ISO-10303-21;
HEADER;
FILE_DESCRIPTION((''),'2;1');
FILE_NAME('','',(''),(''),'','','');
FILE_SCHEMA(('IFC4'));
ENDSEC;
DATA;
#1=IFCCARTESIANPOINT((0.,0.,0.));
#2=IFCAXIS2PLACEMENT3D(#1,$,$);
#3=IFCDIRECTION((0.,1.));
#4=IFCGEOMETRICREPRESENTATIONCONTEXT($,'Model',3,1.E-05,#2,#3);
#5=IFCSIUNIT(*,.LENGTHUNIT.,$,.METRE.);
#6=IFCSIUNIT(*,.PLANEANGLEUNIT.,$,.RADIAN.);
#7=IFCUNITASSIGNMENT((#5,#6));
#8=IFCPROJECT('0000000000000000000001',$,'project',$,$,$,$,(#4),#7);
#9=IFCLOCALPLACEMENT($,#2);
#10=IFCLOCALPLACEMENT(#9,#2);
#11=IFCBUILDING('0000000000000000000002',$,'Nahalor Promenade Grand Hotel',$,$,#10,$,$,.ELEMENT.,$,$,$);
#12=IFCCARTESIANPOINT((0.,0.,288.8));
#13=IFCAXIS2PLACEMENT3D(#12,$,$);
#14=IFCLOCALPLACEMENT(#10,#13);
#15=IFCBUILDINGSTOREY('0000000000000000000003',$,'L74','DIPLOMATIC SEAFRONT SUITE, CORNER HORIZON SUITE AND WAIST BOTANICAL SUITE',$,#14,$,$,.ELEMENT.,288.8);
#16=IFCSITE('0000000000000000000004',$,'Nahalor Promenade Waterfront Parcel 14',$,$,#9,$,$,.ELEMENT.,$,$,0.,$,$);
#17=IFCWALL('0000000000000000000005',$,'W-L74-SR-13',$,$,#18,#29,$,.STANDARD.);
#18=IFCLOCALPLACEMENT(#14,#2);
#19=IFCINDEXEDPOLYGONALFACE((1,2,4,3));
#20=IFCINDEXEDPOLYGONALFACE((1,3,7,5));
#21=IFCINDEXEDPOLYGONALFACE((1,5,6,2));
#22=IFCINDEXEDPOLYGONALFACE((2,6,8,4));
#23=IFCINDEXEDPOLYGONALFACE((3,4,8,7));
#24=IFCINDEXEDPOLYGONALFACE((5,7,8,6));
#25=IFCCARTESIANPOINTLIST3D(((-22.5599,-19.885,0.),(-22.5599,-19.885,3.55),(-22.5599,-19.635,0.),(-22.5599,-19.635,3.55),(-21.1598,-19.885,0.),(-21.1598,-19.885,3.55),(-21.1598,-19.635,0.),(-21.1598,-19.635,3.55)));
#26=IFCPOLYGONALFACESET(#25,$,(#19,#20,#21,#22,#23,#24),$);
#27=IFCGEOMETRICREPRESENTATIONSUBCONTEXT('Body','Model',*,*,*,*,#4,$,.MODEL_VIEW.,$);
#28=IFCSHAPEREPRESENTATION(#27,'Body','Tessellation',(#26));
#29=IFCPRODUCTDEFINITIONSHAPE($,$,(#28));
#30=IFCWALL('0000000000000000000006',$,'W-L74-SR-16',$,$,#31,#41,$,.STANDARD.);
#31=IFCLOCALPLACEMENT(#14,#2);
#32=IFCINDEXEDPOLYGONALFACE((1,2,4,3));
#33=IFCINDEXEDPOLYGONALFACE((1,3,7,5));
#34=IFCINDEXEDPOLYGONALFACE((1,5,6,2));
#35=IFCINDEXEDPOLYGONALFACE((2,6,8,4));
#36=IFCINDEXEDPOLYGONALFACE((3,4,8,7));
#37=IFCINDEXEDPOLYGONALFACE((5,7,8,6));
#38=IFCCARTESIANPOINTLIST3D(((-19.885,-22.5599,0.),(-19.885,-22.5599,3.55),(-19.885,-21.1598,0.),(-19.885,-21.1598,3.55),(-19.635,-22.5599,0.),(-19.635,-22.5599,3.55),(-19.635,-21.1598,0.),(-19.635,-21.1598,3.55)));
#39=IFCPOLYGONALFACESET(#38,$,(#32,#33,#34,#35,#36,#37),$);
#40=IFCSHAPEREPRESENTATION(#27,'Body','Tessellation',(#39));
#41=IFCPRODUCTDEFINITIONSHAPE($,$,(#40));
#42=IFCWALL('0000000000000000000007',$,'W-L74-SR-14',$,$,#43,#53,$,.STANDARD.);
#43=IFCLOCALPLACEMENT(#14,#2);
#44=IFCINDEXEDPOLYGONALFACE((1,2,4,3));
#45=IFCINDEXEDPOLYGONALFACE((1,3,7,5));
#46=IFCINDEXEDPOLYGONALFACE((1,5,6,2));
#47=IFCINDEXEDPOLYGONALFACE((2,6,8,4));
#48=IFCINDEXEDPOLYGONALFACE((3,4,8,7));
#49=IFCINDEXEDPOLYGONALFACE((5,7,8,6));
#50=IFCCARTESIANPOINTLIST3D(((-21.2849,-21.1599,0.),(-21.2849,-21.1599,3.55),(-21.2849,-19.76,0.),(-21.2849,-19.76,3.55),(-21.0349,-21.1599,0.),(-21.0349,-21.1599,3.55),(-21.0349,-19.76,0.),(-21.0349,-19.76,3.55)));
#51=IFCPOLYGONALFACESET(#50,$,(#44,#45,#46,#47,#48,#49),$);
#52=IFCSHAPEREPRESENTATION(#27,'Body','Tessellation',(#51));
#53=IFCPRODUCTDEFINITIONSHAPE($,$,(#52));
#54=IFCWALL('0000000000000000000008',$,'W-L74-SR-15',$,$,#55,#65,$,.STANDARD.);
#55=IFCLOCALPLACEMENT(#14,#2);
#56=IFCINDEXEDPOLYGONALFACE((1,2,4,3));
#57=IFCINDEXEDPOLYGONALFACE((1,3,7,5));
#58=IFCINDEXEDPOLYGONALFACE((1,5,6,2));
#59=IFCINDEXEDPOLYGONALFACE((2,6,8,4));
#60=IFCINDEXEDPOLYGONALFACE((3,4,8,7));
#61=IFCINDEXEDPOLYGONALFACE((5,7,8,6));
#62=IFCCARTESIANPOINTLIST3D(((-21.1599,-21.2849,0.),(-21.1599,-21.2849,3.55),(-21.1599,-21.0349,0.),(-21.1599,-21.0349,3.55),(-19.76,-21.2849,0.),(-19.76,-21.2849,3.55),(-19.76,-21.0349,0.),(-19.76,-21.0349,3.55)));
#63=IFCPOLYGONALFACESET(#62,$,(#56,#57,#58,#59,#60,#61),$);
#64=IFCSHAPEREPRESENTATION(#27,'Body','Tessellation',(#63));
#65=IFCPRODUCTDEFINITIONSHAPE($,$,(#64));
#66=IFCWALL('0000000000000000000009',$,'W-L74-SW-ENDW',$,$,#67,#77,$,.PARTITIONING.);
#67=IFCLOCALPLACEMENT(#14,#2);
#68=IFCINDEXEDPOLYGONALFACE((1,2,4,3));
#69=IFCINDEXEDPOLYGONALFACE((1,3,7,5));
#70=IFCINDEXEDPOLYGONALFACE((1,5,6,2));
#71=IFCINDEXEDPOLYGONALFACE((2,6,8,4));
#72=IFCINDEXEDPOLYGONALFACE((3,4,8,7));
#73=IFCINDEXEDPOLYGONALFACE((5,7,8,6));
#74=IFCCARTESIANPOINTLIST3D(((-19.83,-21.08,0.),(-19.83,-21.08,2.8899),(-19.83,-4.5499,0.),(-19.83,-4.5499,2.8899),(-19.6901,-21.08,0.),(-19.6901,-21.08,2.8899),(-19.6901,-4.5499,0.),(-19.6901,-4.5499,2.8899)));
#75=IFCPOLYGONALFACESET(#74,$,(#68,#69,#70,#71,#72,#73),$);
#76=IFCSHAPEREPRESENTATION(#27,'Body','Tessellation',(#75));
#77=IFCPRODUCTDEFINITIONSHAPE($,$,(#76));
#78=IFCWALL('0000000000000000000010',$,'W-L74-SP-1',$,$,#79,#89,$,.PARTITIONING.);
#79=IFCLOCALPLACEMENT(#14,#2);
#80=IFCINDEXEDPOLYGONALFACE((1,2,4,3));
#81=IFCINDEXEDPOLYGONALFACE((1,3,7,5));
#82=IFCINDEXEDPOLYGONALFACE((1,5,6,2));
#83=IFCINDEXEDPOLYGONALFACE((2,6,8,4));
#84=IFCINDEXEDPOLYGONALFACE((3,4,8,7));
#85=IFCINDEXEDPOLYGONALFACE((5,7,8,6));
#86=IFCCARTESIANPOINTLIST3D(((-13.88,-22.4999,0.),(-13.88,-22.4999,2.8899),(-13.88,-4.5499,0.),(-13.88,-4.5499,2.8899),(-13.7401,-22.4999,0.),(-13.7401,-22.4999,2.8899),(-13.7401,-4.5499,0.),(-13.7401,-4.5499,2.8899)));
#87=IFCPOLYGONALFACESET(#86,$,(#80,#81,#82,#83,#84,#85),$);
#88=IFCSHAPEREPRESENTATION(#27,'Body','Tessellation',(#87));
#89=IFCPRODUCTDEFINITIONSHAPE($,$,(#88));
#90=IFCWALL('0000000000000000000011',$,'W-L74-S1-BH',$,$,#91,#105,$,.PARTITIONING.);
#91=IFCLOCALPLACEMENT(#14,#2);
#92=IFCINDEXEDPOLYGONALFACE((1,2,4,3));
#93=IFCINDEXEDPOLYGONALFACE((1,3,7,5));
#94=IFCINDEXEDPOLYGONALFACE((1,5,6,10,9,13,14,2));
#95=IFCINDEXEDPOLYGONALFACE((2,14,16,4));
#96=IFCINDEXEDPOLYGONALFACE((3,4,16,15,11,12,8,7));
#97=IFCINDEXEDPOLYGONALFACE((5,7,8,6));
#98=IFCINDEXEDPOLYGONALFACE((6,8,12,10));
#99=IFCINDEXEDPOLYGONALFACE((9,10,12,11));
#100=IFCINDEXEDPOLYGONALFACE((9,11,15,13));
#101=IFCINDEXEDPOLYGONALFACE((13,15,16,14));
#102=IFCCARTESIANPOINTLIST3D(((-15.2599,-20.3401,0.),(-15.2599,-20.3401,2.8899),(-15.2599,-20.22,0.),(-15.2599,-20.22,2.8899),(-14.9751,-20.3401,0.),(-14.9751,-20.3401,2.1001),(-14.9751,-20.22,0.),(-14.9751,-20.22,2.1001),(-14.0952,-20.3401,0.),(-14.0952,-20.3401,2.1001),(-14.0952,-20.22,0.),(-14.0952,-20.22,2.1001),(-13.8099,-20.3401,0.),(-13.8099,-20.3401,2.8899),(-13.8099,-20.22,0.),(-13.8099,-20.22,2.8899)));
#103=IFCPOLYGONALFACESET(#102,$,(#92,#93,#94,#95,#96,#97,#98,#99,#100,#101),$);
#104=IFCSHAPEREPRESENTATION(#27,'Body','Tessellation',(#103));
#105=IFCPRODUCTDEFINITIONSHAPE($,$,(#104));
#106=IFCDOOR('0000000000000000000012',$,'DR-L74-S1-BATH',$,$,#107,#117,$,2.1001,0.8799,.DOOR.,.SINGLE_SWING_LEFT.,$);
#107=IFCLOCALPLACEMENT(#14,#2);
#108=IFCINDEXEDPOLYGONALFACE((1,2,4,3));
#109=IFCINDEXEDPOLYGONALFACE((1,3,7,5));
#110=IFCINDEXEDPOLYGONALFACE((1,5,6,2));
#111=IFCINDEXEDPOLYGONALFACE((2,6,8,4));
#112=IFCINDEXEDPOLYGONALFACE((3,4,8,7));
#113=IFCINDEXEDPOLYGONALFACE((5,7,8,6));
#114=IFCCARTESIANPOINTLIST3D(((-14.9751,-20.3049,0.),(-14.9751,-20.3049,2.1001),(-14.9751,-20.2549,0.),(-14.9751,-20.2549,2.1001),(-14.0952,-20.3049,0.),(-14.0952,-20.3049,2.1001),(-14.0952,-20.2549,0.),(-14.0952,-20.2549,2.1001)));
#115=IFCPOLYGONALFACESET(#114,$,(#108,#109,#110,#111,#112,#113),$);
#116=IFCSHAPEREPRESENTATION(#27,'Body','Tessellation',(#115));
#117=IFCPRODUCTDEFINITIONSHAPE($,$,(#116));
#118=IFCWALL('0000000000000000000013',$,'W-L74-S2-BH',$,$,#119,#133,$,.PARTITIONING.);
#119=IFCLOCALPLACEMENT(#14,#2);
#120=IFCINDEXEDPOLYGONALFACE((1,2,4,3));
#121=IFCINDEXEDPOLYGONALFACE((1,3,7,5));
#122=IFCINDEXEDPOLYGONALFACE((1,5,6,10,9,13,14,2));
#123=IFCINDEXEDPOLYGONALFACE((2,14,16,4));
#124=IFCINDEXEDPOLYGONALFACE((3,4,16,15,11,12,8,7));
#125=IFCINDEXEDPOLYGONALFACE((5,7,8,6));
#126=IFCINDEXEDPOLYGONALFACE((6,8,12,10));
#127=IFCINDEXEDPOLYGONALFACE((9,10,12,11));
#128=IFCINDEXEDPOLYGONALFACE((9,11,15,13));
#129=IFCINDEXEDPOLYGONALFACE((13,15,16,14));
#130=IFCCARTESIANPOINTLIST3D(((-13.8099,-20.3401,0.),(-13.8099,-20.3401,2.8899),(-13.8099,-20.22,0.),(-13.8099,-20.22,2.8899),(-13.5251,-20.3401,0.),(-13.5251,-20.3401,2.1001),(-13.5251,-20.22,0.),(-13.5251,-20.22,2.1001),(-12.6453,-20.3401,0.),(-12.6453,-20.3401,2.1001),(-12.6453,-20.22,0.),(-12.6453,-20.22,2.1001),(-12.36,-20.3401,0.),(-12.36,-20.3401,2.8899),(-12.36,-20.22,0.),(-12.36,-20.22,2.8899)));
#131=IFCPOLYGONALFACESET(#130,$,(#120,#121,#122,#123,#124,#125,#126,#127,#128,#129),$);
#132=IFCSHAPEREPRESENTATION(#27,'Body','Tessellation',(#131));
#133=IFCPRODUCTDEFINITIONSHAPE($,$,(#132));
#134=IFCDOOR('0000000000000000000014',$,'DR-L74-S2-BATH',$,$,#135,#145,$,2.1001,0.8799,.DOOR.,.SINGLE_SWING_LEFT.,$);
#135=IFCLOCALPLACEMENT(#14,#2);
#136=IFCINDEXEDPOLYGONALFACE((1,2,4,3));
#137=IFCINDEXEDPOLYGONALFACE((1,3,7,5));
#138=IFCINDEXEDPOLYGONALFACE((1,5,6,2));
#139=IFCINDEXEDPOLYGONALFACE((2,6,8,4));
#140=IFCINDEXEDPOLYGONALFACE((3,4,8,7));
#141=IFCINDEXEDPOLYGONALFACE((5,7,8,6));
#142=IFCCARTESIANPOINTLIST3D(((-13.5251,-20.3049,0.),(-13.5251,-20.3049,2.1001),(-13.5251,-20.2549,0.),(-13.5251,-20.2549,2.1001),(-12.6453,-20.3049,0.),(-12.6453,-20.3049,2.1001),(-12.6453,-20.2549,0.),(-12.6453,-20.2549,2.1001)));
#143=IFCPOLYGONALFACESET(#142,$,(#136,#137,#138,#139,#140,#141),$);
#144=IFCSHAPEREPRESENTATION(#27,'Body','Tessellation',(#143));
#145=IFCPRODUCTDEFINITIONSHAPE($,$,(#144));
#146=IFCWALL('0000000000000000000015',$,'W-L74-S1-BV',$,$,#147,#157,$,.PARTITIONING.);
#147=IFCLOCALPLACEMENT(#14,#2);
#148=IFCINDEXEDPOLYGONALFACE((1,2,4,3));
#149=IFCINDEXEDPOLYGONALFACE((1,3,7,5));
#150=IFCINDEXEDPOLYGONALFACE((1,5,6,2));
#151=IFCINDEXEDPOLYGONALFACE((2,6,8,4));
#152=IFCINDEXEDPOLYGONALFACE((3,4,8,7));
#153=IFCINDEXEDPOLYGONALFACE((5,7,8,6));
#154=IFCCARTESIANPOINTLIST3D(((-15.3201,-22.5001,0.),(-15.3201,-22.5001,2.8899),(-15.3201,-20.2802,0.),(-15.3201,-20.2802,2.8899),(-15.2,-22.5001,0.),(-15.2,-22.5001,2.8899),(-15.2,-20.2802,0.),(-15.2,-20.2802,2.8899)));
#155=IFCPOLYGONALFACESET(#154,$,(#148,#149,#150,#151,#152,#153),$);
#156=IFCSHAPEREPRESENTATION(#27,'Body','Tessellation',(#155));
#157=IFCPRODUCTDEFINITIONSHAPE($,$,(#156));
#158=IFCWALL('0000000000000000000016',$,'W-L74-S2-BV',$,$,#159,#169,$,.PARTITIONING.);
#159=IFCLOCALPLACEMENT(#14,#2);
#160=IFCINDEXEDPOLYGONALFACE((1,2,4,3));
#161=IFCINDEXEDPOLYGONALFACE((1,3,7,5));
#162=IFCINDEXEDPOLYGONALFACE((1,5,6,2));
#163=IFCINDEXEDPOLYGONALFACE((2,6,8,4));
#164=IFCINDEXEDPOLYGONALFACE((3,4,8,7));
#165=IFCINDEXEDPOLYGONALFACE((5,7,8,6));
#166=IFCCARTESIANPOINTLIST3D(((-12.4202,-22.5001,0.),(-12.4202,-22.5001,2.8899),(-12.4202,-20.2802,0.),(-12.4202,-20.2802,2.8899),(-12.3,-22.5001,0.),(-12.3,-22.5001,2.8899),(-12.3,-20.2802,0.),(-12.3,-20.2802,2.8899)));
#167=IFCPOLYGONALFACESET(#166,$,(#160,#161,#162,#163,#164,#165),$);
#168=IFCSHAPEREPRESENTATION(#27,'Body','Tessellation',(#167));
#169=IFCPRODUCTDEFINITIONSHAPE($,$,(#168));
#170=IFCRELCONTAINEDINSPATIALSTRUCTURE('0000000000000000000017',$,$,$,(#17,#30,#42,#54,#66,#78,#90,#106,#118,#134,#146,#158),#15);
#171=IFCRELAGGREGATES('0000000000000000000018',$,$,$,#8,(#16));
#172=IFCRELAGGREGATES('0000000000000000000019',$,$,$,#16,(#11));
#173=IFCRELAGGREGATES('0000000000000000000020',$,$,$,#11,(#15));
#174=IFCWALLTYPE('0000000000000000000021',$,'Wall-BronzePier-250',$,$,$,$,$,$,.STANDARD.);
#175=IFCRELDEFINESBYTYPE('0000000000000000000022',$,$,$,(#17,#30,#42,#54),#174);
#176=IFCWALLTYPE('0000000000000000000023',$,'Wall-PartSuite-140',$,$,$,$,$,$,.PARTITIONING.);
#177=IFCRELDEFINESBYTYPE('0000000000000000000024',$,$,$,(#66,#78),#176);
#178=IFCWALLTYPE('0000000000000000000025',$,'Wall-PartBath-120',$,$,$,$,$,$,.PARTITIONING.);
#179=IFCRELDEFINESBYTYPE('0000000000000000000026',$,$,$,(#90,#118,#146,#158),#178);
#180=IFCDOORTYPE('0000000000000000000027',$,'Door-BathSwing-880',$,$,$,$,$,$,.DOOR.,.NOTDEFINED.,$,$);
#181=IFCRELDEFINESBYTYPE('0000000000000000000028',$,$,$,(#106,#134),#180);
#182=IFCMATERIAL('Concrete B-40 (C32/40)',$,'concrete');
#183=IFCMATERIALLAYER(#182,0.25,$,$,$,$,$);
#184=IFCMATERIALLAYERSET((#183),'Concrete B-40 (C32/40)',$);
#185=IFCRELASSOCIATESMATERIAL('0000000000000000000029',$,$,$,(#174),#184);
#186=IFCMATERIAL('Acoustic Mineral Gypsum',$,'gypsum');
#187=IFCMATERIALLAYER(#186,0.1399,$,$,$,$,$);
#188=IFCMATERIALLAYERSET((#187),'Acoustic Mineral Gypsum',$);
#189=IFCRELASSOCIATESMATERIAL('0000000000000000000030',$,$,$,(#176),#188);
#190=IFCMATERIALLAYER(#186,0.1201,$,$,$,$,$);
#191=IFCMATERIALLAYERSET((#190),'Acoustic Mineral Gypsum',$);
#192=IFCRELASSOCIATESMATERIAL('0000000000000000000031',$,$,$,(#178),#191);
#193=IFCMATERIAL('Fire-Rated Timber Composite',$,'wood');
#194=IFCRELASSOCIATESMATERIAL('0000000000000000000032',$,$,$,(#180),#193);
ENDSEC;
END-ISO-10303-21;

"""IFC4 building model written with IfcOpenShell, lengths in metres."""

from ifc_helpers import new_model, si_unit, direction, frame, frame_2d, origin, place, context, subcontext, project, spatial, rectangle, extrude, source, transform, mapped, material, layer, layer_set, type_object, element, fill, save


model = new_model("IFC4")

# Units and contexts
model_context = context("Model", 3, precision=1e-05, world=origin(), true_north=direction((0.0, 1.0)))
body_context = subcontext(model_context, "Body", "Model", "MODEL_VIEW")
ifc_project = project(units=[si_unit("LENGTHUNIT", "METRE"), si_unit("PLANEANGLEUNIT", "RADIAN")], contexts=[model_context])

# Site, building, storey
site_placement = place(None, origin())
site = spatial("IfcSite", under=ifc_project, at=site_placement, Name="Nahalor Promenade Waterfront Parcel 14", CompositionType="ELEMENT", RefElevation=0.0)
building_placement = place(site_placement, origin())
building = spatial("IfcBuilding", under=site, at=building_placement, Name="Nahalor Promenade Grand Hotel", CompositionType="ELEMENT")
storey_placement = place(building_placement, frame((0.0, 0.0, 288.8)))
storey = spatial("IfcBuildingStorey", under=building, at=storey_placement, Name="L74", Description="DIPLOMATIC SEAFRONT SUITE, CORNER HORIZON SUITE AND WAIST BOTANICAL SUITE", CompositionType="ELEMENT", Elevation=288.8)

# Walls
ifc_material_1 = material(Name="Concrete B-40 (C32/40)", Category="concrete")
ifc_layer_1 = layer(ifc_material_1, 0.25)
ifc_layer_set_1 = layer_set([ifc_layer_1], Name="Concrete B-40 (C32/40)")
wall_type_1 = type_object("IfcWallType", Name="Wall-BronzePier-250", PredefinedType="STANDARD", material=ifc_layer_set_1)
shared_shape_1 = source(origin(), body_context, "Body", "SweptSolid", [
    extrude(rectangle(XDim=1.4001, YDim=0.25, at=frame_2d((0.7002, 0.0))), origin(), (0.0, 0.0, 1.0), 3.55),
])
for number, where, z_axis, x_axis, name in (
    (1, (-22.5601, -19.76, 0.0), (0.0, 0.0, 1.0), (1.0, 0.0, 0.0), "W-L74-SR-13"),
    (2, (-19.76, -22.5601, 0.0), (0.0, 0.0, 1.0), (0.0, 1.0, 0.0), "W-L74-SR-16"),
):
    element("IfcWall", number, at=place(storey_placement, frame(where, z_axis=z_axis, x_axis=x_axis)), inside=storey, type_object=wall_type_1, Name=name, PredefinedType="STANDARD", context=body_context, shape_type="MappedRepresentation", body=[
        mapped(shared_shape_1, transform((0.0, 0.0, 0.0), scale=1.0)),
    ])
shared_shape_2 = source(origin(), body_context, "Body", "SweptSolid", [
    extrude(rectangle(XDim=1.3999, YDim=0.25, at=frame_2d((0.7, 0.0))), origin(), (0.0, 0.0, 1.0), 3.55),
])
for number, where, z_axis, x_axis, name in (
    (3, (-21.1599, -21.1599, 0.0), (0.0, 0.0, 1.0), (0.0, 1.0, 0.0), "W-L74-SR-14"),
    (4, (-21.1599, -21.1599, 0.0), (0.0, 0.0, 1.0), (1.0, 0.0, 0.0), "W-L74-SR-15"),
):
    element("IfcWall", number, at=place(storey_placement, frame(where, z_axis=z_axis, x_axis=x_axis)), inside=storey, type_object=wall_type_1, Name=name, PredefinedType="STANDARD", context=body_context, shape_type="MappedRepresentation", body=[
        mapped(shared_shape_2, transform((0.0, 0.0, 0.0), scale=1.0)),
    ])
ifc_material_2 = material(Name="Acoustic Mineral Gypsum", Category="gypsum")
ifc_layer_2 = layer(ifc_material_2, 0.1399)
ifc_layer_set_2 = layer_set([ifc_layer_2], Name="Acoustic Mineral Gypsum")
wall_type_2 = type_object("IfcWallType", Name="Wall-PartSuite-140", PredefinedType="PARTITIONING", material=ifc_layer_set_2)
shared_shape_3 = source(origin(), body_context, "Body", "SweptSolid", [
    extrude(rectangle(XDim=16.53, YDim=0.1399, at=frame_2d((8.2651, 0.0))), origin(), (0.0, 0.0, 1.0), 2.8899),
])
wall_1_placement = place(storey_placement, frame((-19.76, -21.0801, 0.0), z_axis=(0.0, 0.0, 1.0), x_axis=(0.0, 1.0, 0.0)))
element("IfcWall", 5, at=wall_1_placement, inside=storey, type_object=wall_type_2, Name="W-L74-SW-ENDW", PredefinedType="PARTITIONING", context=body_context, shape_type="MappedRepresentation", body=[
    mapped(shared_shape_3, transform((0.0, 0.0, 0.0), scale=1.0)),
])
shared_shape_4 = source(origin(), body_context, "Body", "SweptSolid", [
    extrude(rectangle(XDim=17.95, YDim=0.1399, at=frame_2d((8.9751, 0.0))), origin(), (0.0, 0.0, 1.0), 2.8899),
])
wall_2_placement = place(storey_placement, frame((-13.8101, -22.5, 0.0), z_axis=(0.0, 0.0, 1.0), x_axis=(0.0, 1.0, 0.0)))
element("IfcWall", 6, at=wall_2_placement, inside=storey, type_object=wall_type_2, Name="W-L74-SP-1", PredefinedType="PARTITIONING", context=body_context, shape_type="MappedRepresentation", body=[
    mapped(shared_shape_4, transform((0.0, 0.0, 0.0), scale=1.0)),
])

# Walls, openings, doors
ifc_layer_3 = layer(ifc_material_2, 0.1201)
ifc_layer_set_3 = layer_set([ifc_layer_3], Name="Acoustic Mineral Gypsum")
wall_type_3 = type_object("IfcWallType", Name="Wall-PartBath-120", PredefinedType="PARTITIONING", material=ifc_layer_set_3)
shared_shape_5 = source(origin(), body_context, "Body", "SweptSolid", [
    extrude(rectangle(XDim=1.45, YDim=0.1201, at=frame_2d((0.7251, 0.0))), origin(), (0.0, 0.0, 1.0), 2.8899),
])
wall_3_placement = place(storey_placement, frame((-15.26, -20.28, 0.0), z_axis=(0.0, 0.0, 1.0), x_axis=(1.0, 0.0, 0.0)))
wall_3 = element("IfcWall", 7, at=wall_3_placement, inside=storey, type_object=wall_type_3, Name="W-L74-S1-BH", PredefinedType="PARTITIONING", context=body_context, shape_type="MappedRepresentation", body=[
    mapped(shared_shape_5, transform((0.0, 0.0, 0.0), scale=1.0)),
])
opening_1_placement = place(wall_3_placement, frame((0.2849, 0.0, 0.0)))
opening_1 = element("IfcOpeningElement", 8, at=opening_1_placement, cuts=wall_3, PredefinedType="OPENING", context=body_context, shape_type="SweptSolid", body=[
    extrude(rectangle(XDim=0.8799, YDim=2.1001, at=frame_2d((0.4399, 1.05))), frame((0.0, 0.0701, 0.0), z_axis=(0.0, -1.0, 0.0), x_axis=(1.0, 0.0, 0.0)), (0.0, 0.0, 1.0), 0.1401),
])
ifc_material_3 = material(Name="Fire-Rated Timber Composite", Category="wood")
door_type = type_object("IfcDoorType", Name="Door-BathSwing-880", OperationType="NOTDEFINED", PredefinedType="DOOR", material=ifc_material_3)
shared_shape_6 = source(origin(), body_context, "Body", "SweptSolid", [
    extrude(rectangle(XDim=0.8799, YDim=2.1001, at=frame_2d((0.4399, 1.05))), frame((0.0, 0.0249, 0.0), z_axis=(0.0, -1.0, 0.0), x_axis=(1.0, 0.0, 0.0)), (0.0, 0.0, 1.0), 0.05),
])
door_1_placement = place(opening_1_placement, frame((0.8799, 0.0, 0.0), z_axis=(0.0, 0.0, 1.0), x_axis=(-1.0, 0.0, 0.0)))
door_1 = element("IfcDoor", 9, at=door_1_placement, inside=storey, type_object=door_type, Name="DR-L74-S1-BATH", OperationType="SINGLE_SWING_LEFT", OverallHeight=2.1001, OverallWidth=0.8799, PredefinedType="DOOR", context=body_context, shape_type="MappedRepresentation", body=[
    mapped(shared_shape_6, transform((0.0, 0.0, 0.0), scale=1.0)),
])
fill(opening_1, door_1)
wall_4_placement = place(storey_placement, frame((-13.8101, -20.28, 0.0), z_axis=(0.0, 0.0, 1.0), x_axis=(1.0, 0.0, 0.0)))
wall_4 = element("IfcWall", 10, at=wall_4_placement, inside=storey, type_object=wall_type_3, Name="W-L74-S2-BH", PredefinedType="PARTITIONING", context=body_context, shape_type="MappedRepresentation", body=[
    mapped(shared_shape_5, transform((0.0, 0.0, 0.0), scale=1.0)),
])
opening_2_placement = place(wall_4_placement, frame((0.2849, 0.0, 0.0)))
opening_2 = element("IfcOpeningElement", 11, at=opening_2_placement, cuts=wall_4, PredefinedType="OPENING", context=body_context, shape_type="SweptSolid", body=[
    extrude(rectangle(XDim=0.8799, YDim=2.1001, at=frame_2d((0.4399, 1.05))), frame((0.0, 0.0701, 0.0), z_axis=(0.0, -1.0, 0.0), x_axis=(1.0, 0.0, 0.0)), (0.0, 0.0, 1.0), 0.1401),
])
door_2_placement = place(opening_2_placement, frame((0.8799, 0.0, 0.0), z_axis=(0.0, 0.0, 1.0), x_axis=(-1.0, 0.0, 0.0)))
door_2 = element("IfcDoor", 12, at=door_2_placement, inside=storey, type_object=door_type, Name="DR-L74-S2-BATH", OperationType="SINGLE_SWING_LEFT", OverallHeight=2.1001, OverallWidth=0.8799, PredefinedType="DOOR", context=body_context, shape_type="MappedRepresentation", body=[
    mapped(shared_shape_6, transform((0.0, 0.0, 0.0), scale=1.0)),
])
fill(opening_2, door_2)

# Walls
shared_shape_7 = source(origin(), body_context, "Body", "SweptSolid", [
    extrude(rectangle(XDim=2.22, YDim=0.1201, at=frame_2d((1.1099, 0.0))), origin(), (0.0, 0.0, 1.0), 2.8899),
])
for number, where, z_axis, x_axis, name in (
    (13, (-15.26, -22.5, 0.0), (0.0, 0.0, 1.0), (0.0, 1.0, 0.0), "W-L74-S1-BV"),
    (14, (-12.3601, -22.5, 0.0), (0.0, 0.0, 1.0), (0.0, 1.0, 0.0), "W-L74-S2-BV"),
):
    element("IfcWall", number, at=place(storey_placement, frame(where, z_axis=z_axis, x_axis=x_axis)), inside=storey, type_object=wall_type_3, Name=name, PredefinedType="PARTITIONING", context=body_context, shape_type="MappedRepresentation", body=[
        mapped(shared_shape_7, transform((0.0, 0.0, 0.0), scale=1.0)),
    ])

save(model, "model.ifc")
